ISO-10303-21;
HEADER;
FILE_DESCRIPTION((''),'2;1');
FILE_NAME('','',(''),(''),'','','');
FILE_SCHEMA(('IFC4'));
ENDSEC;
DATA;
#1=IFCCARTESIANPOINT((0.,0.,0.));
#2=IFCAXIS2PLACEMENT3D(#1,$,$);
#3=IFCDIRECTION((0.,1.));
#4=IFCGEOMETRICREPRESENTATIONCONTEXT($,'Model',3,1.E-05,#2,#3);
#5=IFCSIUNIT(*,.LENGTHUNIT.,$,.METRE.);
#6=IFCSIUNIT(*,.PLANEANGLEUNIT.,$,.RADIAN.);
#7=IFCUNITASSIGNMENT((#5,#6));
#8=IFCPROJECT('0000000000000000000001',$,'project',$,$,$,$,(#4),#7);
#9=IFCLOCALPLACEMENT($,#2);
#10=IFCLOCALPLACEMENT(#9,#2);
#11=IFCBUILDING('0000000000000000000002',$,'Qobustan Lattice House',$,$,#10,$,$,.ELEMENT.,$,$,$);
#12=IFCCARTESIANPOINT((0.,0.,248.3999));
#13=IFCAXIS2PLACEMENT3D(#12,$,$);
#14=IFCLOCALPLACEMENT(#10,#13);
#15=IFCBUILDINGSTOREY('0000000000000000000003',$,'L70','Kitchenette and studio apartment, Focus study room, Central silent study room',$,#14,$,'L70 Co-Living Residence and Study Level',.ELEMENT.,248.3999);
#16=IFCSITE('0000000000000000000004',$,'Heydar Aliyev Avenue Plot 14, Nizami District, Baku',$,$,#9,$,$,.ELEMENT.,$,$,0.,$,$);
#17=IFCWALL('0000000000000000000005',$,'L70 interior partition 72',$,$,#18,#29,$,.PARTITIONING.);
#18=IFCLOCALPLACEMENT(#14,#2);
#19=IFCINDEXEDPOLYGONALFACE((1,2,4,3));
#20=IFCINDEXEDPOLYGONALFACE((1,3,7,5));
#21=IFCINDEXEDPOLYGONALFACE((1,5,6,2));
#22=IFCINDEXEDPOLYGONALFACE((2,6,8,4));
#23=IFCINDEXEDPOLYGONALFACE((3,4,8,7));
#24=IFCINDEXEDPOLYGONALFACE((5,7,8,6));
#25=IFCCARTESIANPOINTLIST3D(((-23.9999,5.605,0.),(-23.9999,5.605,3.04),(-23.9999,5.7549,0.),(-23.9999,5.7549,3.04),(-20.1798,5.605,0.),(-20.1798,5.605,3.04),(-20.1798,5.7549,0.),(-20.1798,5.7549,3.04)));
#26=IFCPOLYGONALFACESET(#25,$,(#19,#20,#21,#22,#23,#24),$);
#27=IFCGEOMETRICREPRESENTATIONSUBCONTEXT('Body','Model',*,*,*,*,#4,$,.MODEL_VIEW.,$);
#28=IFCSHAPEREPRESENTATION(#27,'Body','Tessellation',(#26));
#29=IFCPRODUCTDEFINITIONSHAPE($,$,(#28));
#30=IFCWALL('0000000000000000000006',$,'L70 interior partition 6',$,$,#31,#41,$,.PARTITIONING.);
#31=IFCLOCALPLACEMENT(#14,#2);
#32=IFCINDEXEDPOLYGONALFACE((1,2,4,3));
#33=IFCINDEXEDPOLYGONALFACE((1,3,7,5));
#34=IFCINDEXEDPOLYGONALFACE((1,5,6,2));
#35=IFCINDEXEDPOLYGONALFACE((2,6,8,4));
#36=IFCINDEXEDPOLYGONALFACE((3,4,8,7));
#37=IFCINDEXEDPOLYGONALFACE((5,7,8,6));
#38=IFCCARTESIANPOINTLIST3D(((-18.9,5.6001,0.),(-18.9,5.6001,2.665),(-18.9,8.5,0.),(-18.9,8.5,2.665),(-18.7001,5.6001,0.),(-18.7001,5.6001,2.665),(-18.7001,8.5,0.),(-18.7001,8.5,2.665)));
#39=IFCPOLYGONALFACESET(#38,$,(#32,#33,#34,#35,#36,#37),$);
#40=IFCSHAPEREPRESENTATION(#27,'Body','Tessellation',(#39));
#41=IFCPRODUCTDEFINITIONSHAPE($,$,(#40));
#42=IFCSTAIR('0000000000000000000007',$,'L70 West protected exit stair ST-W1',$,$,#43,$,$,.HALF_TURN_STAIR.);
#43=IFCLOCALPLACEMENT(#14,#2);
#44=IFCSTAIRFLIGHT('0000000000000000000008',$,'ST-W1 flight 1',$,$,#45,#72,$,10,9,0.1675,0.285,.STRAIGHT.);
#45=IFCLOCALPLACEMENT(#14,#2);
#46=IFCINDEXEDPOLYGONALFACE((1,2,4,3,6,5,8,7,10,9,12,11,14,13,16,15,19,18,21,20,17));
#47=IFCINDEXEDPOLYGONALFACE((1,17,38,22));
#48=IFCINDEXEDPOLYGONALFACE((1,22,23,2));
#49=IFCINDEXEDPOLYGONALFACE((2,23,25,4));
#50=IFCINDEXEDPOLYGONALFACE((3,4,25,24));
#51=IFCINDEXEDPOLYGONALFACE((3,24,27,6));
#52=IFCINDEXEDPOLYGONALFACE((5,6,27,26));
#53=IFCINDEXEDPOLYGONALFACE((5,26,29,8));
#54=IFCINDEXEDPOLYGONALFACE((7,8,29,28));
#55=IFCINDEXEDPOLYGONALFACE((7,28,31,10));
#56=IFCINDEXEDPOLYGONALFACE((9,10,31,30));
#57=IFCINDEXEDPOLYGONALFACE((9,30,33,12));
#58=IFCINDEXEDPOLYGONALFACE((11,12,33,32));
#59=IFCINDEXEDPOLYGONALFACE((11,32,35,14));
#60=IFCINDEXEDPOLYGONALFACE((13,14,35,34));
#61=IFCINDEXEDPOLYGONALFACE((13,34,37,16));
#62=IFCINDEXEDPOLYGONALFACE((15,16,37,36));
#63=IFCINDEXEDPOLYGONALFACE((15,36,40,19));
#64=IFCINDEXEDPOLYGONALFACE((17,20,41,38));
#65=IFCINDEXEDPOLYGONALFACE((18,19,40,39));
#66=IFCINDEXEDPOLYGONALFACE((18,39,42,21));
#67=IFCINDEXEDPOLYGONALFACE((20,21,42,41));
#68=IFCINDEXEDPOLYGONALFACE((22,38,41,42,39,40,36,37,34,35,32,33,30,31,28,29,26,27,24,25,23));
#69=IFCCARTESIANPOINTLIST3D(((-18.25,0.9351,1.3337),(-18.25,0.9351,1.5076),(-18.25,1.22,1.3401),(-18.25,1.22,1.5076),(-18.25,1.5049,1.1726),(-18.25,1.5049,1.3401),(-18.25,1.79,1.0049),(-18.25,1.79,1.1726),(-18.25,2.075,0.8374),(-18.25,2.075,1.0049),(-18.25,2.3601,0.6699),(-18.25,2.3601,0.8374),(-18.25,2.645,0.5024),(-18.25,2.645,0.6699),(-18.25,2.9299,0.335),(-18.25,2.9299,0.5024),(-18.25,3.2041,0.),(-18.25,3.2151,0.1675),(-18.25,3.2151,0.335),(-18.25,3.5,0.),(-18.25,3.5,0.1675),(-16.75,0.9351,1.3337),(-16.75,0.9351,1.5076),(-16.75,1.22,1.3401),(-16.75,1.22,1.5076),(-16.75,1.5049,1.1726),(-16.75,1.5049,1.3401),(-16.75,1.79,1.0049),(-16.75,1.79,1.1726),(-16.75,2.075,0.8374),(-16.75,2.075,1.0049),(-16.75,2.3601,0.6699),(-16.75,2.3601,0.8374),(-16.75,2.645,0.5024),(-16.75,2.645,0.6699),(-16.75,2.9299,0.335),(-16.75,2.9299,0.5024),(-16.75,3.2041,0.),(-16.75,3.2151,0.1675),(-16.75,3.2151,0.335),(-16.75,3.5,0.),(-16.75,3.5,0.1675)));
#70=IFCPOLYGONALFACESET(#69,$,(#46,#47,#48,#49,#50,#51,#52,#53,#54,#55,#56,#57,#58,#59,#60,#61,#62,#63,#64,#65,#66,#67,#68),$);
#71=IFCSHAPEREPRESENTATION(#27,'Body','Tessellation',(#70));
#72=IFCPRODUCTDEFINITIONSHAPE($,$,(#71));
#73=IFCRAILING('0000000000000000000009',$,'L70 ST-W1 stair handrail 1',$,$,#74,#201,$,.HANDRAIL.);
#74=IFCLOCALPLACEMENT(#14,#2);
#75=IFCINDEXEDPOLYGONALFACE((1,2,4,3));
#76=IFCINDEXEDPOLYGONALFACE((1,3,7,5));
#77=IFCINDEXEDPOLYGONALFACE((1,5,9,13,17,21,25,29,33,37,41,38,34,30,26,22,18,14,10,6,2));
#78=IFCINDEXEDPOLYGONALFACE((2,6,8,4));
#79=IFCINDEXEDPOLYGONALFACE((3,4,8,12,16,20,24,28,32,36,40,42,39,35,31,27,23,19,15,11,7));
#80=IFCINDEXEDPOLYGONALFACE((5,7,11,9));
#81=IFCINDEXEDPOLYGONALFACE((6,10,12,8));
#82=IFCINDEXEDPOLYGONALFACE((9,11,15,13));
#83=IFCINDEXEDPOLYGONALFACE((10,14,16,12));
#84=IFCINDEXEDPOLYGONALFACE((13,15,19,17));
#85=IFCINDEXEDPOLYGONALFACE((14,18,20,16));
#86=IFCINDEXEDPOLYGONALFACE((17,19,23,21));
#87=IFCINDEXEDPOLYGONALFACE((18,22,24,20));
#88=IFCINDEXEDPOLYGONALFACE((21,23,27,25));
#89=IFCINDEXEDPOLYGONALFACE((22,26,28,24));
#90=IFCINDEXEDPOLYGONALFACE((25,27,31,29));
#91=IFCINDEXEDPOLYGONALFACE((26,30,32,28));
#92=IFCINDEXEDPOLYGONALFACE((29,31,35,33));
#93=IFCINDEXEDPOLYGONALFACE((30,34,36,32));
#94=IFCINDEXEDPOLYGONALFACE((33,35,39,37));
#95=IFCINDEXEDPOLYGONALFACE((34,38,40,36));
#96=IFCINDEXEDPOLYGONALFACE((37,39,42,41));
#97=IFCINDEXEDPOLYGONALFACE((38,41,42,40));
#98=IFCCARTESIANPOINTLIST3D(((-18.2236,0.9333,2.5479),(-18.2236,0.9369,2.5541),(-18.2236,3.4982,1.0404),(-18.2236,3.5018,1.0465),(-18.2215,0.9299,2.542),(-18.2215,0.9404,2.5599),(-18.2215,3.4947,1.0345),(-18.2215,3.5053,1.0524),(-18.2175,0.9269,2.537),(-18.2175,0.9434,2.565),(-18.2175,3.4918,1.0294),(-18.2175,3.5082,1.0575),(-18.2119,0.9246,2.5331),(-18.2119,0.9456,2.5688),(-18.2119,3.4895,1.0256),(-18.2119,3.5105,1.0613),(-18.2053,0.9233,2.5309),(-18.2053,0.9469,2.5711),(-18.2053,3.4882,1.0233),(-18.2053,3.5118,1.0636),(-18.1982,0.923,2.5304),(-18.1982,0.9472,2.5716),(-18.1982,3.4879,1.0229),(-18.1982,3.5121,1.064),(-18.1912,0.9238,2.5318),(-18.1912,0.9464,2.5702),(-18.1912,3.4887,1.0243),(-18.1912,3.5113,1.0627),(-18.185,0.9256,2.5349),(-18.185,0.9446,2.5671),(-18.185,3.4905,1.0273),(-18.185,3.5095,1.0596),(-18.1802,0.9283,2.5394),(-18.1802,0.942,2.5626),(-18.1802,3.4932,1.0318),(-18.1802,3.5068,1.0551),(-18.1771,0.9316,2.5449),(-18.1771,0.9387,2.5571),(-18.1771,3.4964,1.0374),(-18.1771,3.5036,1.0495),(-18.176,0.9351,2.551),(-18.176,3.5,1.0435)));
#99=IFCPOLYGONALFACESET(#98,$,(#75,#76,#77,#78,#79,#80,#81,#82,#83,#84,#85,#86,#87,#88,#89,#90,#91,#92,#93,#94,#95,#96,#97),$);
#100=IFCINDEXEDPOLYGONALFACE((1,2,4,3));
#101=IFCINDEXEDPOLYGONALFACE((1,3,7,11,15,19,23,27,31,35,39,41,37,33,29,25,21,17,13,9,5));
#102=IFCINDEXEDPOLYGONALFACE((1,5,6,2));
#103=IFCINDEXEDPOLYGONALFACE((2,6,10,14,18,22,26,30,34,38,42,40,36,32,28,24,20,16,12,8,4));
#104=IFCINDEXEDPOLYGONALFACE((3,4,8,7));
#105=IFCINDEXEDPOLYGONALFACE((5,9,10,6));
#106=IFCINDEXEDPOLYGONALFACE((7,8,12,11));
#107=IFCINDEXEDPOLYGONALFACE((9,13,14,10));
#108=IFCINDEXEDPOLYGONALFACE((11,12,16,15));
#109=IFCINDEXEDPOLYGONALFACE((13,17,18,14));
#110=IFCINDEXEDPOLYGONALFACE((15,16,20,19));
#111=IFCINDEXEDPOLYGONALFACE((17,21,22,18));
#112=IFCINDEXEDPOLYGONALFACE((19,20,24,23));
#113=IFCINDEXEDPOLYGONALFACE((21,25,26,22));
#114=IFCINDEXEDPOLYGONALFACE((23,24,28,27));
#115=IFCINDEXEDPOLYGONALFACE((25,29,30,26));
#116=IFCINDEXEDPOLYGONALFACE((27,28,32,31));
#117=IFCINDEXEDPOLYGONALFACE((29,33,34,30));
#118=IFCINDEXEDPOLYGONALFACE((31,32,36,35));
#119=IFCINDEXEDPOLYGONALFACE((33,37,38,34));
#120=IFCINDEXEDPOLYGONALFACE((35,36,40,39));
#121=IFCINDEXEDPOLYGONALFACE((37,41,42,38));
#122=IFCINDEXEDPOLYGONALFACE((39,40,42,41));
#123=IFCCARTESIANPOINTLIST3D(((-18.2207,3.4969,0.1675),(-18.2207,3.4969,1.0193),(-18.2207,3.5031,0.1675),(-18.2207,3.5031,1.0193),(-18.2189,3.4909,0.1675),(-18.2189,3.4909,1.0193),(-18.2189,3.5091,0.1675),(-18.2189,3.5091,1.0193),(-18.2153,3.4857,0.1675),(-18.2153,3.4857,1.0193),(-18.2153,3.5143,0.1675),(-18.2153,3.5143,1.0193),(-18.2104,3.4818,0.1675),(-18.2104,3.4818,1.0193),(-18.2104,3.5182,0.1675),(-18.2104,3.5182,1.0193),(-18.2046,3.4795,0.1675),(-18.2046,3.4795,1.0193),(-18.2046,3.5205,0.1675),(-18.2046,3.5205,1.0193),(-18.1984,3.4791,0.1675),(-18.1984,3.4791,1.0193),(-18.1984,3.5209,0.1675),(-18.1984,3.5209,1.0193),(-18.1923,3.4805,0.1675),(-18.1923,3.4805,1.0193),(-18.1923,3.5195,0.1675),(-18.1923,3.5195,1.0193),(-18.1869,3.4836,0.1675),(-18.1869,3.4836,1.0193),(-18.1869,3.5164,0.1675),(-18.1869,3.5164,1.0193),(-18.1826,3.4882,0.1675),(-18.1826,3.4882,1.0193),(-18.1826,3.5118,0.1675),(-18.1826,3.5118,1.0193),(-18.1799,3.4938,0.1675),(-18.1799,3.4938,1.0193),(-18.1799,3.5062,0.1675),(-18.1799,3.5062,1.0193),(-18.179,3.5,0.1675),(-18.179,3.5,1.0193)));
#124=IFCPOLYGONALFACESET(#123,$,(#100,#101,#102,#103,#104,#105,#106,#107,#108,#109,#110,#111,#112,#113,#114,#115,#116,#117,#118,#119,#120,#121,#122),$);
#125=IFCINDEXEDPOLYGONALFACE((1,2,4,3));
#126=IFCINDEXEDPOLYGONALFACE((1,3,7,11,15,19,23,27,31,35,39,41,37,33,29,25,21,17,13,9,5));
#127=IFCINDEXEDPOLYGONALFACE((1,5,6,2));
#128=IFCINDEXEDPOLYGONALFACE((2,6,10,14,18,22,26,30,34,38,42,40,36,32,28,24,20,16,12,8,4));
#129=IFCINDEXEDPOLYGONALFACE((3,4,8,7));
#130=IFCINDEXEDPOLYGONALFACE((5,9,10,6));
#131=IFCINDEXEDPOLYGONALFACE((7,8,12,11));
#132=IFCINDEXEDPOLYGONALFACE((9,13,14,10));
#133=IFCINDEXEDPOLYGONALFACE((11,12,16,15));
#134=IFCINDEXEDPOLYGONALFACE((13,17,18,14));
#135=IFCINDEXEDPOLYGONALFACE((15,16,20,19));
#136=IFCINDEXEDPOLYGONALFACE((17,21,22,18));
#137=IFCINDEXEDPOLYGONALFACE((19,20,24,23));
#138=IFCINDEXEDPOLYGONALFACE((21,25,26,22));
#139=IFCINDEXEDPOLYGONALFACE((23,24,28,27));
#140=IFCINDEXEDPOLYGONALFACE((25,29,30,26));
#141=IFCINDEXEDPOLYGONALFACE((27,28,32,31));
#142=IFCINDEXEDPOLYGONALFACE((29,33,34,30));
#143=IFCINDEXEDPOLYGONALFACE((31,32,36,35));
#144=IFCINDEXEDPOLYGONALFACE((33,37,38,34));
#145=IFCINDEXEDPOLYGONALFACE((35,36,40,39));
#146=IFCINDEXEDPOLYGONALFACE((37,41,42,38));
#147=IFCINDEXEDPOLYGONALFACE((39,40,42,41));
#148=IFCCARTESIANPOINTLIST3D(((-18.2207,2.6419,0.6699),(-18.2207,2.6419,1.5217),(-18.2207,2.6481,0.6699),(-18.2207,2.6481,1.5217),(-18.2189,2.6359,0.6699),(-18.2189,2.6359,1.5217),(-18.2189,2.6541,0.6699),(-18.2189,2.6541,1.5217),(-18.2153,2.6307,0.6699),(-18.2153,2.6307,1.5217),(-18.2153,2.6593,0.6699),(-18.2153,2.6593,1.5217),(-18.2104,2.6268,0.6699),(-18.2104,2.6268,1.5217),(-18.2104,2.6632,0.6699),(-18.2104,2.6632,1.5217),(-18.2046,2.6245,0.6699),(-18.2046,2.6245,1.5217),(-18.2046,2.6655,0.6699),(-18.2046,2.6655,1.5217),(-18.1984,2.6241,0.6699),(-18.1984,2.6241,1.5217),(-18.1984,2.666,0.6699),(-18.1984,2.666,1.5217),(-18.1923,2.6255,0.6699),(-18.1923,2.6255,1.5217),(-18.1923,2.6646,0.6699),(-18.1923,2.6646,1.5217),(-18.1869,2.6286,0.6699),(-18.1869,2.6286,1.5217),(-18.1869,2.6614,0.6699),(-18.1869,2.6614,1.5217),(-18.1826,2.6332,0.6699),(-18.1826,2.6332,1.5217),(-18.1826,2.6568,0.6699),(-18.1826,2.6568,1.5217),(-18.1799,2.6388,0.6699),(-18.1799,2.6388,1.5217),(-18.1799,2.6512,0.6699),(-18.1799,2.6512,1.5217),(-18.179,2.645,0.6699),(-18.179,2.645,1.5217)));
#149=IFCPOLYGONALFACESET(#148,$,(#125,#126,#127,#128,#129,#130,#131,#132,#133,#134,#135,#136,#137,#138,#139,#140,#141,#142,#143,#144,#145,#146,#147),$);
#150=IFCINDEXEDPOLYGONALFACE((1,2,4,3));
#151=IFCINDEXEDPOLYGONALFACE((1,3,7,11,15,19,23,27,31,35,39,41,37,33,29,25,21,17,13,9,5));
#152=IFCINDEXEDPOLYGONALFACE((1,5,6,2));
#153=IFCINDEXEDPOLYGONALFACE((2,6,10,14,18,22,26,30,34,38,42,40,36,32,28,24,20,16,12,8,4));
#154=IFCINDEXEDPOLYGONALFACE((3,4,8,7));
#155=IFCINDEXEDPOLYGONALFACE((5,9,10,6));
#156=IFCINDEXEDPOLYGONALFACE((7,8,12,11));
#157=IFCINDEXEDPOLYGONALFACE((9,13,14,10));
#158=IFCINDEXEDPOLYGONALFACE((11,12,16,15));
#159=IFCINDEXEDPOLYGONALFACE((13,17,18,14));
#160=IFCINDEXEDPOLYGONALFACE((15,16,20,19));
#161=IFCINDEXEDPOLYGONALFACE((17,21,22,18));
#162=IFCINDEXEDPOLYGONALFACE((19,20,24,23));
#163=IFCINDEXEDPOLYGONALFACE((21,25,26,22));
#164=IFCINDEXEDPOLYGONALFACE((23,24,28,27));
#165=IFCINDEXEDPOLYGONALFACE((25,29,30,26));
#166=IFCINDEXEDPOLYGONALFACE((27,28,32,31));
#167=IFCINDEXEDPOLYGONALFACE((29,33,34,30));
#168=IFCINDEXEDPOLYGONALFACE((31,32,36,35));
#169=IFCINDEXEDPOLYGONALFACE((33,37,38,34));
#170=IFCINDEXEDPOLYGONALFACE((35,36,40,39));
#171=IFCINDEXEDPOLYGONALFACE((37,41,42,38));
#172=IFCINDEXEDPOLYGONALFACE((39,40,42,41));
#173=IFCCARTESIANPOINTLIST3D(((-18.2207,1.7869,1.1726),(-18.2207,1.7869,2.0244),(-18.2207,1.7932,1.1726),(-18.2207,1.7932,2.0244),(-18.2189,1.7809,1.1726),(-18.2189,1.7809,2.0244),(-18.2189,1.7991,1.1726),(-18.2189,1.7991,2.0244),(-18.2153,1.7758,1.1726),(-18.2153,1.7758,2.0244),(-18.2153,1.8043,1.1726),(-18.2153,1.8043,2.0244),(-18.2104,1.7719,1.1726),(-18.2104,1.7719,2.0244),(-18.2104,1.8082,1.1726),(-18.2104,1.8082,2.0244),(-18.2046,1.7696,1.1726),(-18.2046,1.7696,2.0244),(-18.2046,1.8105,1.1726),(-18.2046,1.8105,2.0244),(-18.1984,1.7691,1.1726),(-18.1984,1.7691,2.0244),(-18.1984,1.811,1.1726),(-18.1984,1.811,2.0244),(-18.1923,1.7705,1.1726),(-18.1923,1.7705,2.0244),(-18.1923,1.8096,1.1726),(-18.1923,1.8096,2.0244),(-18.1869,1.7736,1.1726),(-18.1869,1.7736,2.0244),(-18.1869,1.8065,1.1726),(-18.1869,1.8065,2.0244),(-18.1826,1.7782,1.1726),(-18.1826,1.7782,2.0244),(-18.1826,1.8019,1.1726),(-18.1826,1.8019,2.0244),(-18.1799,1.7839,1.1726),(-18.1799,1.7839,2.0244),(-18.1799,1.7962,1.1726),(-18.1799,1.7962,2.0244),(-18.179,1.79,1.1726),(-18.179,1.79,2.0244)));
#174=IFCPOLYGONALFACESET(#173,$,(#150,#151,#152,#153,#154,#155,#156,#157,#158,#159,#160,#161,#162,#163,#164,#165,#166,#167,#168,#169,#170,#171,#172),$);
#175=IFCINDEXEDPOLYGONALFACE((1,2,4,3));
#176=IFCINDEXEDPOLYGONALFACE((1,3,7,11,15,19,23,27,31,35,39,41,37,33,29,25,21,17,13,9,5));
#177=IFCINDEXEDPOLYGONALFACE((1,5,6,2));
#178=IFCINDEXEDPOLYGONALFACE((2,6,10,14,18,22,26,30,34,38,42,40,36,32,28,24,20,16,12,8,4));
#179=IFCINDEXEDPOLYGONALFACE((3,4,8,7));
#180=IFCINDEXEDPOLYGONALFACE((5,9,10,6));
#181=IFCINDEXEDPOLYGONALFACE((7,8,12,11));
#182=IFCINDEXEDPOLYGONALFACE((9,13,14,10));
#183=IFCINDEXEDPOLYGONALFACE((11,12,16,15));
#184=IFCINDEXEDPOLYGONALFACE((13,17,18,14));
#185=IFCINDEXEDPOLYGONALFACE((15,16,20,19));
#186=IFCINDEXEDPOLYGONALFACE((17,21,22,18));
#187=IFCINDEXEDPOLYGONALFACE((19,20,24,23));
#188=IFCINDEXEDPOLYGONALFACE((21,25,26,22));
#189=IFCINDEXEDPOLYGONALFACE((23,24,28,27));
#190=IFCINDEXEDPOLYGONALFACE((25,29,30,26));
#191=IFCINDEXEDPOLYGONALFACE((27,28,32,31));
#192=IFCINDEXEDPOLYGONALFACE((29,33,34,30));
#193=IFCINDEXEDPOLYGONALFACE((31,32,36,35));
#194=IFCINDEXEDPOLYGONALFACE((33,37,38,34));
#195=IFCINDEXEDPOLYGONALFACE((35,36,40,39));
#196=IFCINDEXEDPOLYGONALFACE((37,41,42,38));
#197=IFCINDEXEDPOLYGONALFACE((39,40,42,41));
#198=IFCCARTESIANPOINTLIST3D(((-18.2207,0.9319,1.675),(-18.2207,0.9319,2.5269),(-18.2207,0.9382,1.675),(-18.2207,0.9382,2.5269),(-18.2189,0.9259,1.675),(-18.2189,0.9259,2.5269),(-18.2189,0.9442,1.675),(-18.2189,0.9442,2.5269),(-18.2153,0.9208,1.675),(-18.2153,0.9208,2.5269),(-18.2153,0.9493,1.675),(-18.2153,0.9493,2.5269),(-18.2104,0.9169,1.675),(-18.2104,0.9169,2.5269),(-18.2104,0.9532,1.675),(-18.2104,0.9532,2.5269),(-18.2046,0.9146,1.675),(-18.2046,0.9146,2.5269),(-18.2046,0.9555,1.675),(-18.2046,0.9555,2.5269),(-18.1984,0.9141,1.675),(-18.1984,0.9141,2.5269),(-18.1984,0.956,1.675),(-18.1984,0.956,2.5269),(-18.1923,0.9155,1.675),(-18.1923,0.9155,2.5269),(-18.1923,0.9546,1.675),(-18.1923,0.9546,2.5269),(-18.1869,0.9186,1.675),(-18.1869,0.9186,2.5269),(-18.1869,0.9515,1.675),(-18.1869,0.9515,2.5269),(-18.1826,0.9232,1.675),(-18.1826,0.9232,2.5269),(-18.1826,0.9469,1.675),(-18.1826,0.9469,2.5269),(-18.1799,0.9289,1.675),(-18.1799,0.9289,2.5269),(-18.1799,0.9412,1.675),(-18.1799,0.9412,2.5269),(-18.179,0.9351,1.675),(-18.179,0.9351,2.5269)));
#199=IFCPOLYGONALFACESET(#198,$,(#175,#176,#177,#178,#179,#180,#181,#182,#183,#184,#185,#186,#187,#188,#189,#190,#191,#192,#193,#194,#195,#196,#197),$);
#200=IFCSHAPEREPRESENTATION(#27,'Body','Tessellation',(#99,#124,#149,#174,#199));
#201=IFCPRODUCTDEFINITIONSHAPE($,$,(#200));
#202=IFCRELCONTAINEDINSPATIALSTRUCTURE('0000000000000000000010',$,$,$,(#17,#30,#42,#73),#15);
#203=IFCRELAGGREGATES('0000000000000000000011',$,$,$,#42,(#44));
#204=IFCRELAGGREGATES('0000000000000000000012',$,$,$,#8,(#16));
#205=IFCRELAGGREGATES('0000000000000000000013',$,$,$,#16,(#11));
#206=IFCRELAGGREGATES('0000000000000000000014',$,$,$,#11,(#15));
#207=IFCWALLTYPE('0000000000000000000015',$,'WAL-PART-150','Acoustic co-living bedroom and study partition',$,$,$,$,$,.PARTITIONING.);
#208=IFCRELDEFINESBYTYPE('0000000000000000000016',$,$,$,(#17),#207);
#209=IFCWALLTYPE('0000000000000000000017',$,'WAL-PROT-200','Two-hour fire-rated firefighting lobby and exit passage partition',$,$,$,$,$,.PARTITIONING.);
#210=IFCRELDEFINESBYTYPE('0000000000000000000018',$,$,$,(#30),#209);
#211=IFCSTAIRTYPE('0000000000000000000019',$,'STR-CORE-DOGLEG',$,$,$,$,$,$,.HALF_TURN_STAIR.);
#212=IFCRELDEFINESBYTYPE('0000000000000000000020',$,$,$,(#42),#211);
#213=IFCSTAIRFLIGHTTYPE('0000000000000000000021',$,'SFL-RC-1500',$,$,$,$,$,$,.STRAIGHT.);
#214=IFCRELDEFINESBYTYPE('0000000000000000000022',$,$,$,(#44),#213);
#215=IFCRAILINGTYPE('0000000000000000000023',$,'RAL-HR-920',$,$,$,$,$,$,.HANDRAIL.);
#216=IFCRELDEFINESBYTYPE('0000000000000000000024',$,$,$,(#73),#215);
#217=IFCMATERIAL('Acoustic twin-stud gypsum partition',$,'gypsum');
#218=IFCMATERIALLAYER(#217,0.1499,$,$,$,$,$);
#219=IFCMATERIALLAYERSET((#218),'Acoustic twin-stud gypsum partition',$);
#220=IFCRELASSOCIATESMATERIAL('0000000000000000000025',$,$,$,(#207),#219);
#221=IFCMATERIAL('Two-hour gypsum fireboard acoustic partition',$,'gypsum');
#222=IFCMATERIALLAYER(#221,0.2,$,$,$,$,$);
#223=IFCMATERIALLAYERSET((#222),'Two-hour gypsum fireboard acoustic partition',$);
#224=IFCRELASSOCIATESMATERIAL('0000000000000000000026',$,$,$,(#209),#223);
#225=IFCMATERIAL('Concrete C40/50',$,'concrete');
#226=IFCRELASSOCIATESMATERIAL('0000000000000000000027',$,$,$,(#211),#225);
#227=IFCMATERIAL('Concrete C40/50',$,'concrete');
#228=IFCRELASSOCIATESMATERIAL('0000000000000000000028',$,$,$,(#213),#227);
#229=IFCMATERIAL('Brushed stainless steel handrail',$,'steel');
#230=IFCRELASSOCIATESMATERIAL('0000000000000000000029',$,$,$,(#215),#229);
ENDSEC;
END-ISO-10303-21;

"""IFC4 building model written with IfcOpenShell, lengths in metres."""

from ifc_helpers import new_model, si_unit, direction, frame, frame_2d, origin, origin_2d, place, context, subcontext, project, spatial, polyline, rectangle, circle, outline, extrude, material, layer, layer_set, type_object, element, aggregate, save


model = new_model("IFC4")

# Units and contexts
model_context = context("Model", 3, precision=1e-05, world=origin(), true_north=direction((0.0, 1.0)))
body_context = subcontext(model_context, "Body", "Model", "MODEL_VIEW")
ifc_project = project(units=[si_unit("LENGTHUNIT", "METRE"), si_unit("PLANEANGLEUNIT", "RADIAN")], contexts=[model_context])

# Site, building, storey
site_placement = place(None, origin())
site = spatial("IfcSite", under=ifc_project, at=site_placement, Name="Heydar Aliyev Avenue Plot 14, Nizami District, Baku", CompositionType="ELEMENT", RefElevation=0.0)
building_placement = place(site_placement, origin())
building = spatial("IfcBuilding", under=site, at=building_placement, Name="Qobustan Lattice House", CompositionType="ELEMENT")
storey_placement = place(building_placement, frame((0.0, 0.0, 248.3999)))
storey = spatial("IfcBuildingStorey", under=building, at=storey_placement, Name="L70", Description="Kitchenette and studio apartment, Focus study room, Central silent study room", LongName="L70 Co-Living Residence and Study Level", CompositionType="ELEMENT", Elevation=248.3999)

# Shared definitions
ifc_material_1 = material(Name="Acoustic twin-stud gypsum partition", Category="gypsum")
ifc_layer_1 = layer(ifc_material_1, 0.1499)
ifc_layer_set_1 = layer_set([ifc_layer_1], Name="Acoustic twin-stud gypsum partition")
wall_type_1 = type_object("IfcWallType", Name="WAL-PART-150", Description="Acoustic co-living bedroom and study partition", PredefinedType="PARTITIONING", material=ifc_layer_set_1)

# Walls
wall_1_placement = place(storey_placement, frame((-24.0, 5.6799, 0.0), z_axis=(0.0, 0.0, 1.0), x_axis=(1.0, 0.0, 0.0)))
element("IfcWall", 1, at=wall_1_placement, inside=storey, type_object=wall_type_1, Name="L70 interior partition 72", PredefinedType="PARTITIONING", context=body_context, shape_type="SweptSolid", body=[
    extrude(rectangle(XDim=3.8201, YDim=0.1499, at=frame_2d((1.9102, 0.0))), origin(), (0.0, 0.0, 1.0), 3.04),
])
ifc_material_2 = material(Name="Two-hour gypsum fireboard acoustic partition", Category="gypsum")
ifc_layer_2 = layer(ifc_material_2, 0.2)
ifc_layer_set_2 = layer_set([ifc_layer_2], Name="Two-hour gypsum fireboard acoustic partition")
wall_type_2 = type_object("IfcWallType", Name="WAL-PROT-200", Description="Two-hour fire-rated firefighting lobby and exit passage partition", PredefinedType="PARTITIONING", material=ifc_layer_set_2)
wall_2_placement = place(storey_placement, frame((-18.8, 8.5, 0.0), z_axis=(0.0, 0.0, 1.0), x_axis=(0.0, -1.0, 0.0)))
element("IfcWall", 2, at=wall_2_placement, inside=storey, type_object=wall_type_2, Name="L70 interior partition 6", PredefinedType="PARTITIONING", context=body_context, shape_type="SweptSolid", body=[
    extrude(rectangle(XDim=2.8999, YDim=0.2, at=frame_2d((1.45, 0.0))), origin(), (0.0, 0.0, 1.0), 2.665),
])

# Stair, stair flight
ifc_material_3 = material(Name="Concrete C40/50", Category="concrete")
stair_type = type_object("IfcStairType", Name="STR-CORE-DOGLEG", PredefinedType="HALF_TURN_STAIR", material=ifc_material_3)
stair_placement = place(storey_placement, origin())
stair = element("IfcStair", 3, at=stair_placement, inside=storey, type_object=stair_type, Name="L70 West protected exit stair ST-W1", PredefinedType="HALF_TURN_STAIR")
ifc_material_4 = material(Name="Concrete C40/50", Category="concrete")
stair_flight_type = type_object("IfcStairFlightType", Name="SFL-RC-1500", PredefinedType="STRAIGHT", material=ifc_material_4)
stair_flight_placement = place(storey_placement, frame((-17.5, 3.5, 0.0), z_axis=(0.0, 0.0, 1.0), x_axis=(0.0, -1.0, 0.0)))
stair_flight = element("IfcStairFlight", 4, at=stair_flight_placement, type_object=stair_flight_type, Name="ST-W1 flight 1", NumberOfRisers=10, NumberOfTreads=9, PredefinedType="STRAIGHT", RiserHeight=0.1675, TreadLength=0.285, context=body_context, shape_type="SweptSolid", body=[
    extrude(outline(polyline([(0.0, 0.0), (0.0, 0.1675), (0.2849, 0.1675), (0.2849, 0.335), (0.5701, 0.335), (0.5701, 0.5024), (0.855, 0.5024), (0.855, 0.6699), (1.1399, 0.6699), (1.1399, 0.8374), (1.425, 0.8374), (1.425, 1.0049), (1.71, 1.0049), (1.71, 1.1726), (1.9951, 1.1726), (1.9951, 1.3401), (2.28, 1.3401), (2.28, 1.5076), (2.5649, 1.5076), (2.5649, 1.675), (2.5649, 1.3337), (0.2959, 0.0), (0.0, 0.0)])), frame((0.0, 0.75, 0.0), z_axis=(0.0, -1.0, 0.0), x_axis=(1.0, 0.0, 0.0)), (0.0, 0.0, 1.0), 1.5),
])
aggregate(stair, [stair_flight])

# Railing
ifc_material_5 = material(Name="Brushed stainless steel handrail", Category="steel")
railing_type = type_object("IfcRailingType", Name="RAL-HR-920", PredefinedType="HANDRAIL", material=ifc_material_5)
railing_placement = place(storey_placement, frame((-18.2, 3.5, 0.1675)))
element("IfcRailing", 5, at=railing_placement, inside=storey, type_object=railing_type, Name="L70 ST-W1 stair handrail 1", PredefinedType="HANDRAIL", context=body_context, shape_type="SweptSolid", body=[
    extrude(circle(Radius=0.0239, at=origin_2d()), frame((0.0, 0.0, 0.876), z_axis=(0.0, -0.862113, 0.506715), x_axis=(1.0, 0.0, 0.0)), (0.0, 0.0, 1.0), 2.9751),
    extrude(circle(Radius=0.021, at=origin_2d()), origin(), (0.0, 0.0, 1.0), 0.8518),
    extrude(circle(Radius=0.021, at=origin_2d()), frame((0.0, -0.855, 0.5024)), (0.0, 0.0, 1.0), 0.8518),
    extrude(circle(Radius=0.021, at=origin_2d()), frame((0.0, -1.71, 1.0051)), (0.0, 0.0, 1.0), 0.8518),
    extrude(circle(Radius=0.021, at=origin_2d()), frame((0.0, -2.5649, 1.5076)), (0.0, 0.0, 1.0), 0.8518),
])

save(model, "model.ifc")
